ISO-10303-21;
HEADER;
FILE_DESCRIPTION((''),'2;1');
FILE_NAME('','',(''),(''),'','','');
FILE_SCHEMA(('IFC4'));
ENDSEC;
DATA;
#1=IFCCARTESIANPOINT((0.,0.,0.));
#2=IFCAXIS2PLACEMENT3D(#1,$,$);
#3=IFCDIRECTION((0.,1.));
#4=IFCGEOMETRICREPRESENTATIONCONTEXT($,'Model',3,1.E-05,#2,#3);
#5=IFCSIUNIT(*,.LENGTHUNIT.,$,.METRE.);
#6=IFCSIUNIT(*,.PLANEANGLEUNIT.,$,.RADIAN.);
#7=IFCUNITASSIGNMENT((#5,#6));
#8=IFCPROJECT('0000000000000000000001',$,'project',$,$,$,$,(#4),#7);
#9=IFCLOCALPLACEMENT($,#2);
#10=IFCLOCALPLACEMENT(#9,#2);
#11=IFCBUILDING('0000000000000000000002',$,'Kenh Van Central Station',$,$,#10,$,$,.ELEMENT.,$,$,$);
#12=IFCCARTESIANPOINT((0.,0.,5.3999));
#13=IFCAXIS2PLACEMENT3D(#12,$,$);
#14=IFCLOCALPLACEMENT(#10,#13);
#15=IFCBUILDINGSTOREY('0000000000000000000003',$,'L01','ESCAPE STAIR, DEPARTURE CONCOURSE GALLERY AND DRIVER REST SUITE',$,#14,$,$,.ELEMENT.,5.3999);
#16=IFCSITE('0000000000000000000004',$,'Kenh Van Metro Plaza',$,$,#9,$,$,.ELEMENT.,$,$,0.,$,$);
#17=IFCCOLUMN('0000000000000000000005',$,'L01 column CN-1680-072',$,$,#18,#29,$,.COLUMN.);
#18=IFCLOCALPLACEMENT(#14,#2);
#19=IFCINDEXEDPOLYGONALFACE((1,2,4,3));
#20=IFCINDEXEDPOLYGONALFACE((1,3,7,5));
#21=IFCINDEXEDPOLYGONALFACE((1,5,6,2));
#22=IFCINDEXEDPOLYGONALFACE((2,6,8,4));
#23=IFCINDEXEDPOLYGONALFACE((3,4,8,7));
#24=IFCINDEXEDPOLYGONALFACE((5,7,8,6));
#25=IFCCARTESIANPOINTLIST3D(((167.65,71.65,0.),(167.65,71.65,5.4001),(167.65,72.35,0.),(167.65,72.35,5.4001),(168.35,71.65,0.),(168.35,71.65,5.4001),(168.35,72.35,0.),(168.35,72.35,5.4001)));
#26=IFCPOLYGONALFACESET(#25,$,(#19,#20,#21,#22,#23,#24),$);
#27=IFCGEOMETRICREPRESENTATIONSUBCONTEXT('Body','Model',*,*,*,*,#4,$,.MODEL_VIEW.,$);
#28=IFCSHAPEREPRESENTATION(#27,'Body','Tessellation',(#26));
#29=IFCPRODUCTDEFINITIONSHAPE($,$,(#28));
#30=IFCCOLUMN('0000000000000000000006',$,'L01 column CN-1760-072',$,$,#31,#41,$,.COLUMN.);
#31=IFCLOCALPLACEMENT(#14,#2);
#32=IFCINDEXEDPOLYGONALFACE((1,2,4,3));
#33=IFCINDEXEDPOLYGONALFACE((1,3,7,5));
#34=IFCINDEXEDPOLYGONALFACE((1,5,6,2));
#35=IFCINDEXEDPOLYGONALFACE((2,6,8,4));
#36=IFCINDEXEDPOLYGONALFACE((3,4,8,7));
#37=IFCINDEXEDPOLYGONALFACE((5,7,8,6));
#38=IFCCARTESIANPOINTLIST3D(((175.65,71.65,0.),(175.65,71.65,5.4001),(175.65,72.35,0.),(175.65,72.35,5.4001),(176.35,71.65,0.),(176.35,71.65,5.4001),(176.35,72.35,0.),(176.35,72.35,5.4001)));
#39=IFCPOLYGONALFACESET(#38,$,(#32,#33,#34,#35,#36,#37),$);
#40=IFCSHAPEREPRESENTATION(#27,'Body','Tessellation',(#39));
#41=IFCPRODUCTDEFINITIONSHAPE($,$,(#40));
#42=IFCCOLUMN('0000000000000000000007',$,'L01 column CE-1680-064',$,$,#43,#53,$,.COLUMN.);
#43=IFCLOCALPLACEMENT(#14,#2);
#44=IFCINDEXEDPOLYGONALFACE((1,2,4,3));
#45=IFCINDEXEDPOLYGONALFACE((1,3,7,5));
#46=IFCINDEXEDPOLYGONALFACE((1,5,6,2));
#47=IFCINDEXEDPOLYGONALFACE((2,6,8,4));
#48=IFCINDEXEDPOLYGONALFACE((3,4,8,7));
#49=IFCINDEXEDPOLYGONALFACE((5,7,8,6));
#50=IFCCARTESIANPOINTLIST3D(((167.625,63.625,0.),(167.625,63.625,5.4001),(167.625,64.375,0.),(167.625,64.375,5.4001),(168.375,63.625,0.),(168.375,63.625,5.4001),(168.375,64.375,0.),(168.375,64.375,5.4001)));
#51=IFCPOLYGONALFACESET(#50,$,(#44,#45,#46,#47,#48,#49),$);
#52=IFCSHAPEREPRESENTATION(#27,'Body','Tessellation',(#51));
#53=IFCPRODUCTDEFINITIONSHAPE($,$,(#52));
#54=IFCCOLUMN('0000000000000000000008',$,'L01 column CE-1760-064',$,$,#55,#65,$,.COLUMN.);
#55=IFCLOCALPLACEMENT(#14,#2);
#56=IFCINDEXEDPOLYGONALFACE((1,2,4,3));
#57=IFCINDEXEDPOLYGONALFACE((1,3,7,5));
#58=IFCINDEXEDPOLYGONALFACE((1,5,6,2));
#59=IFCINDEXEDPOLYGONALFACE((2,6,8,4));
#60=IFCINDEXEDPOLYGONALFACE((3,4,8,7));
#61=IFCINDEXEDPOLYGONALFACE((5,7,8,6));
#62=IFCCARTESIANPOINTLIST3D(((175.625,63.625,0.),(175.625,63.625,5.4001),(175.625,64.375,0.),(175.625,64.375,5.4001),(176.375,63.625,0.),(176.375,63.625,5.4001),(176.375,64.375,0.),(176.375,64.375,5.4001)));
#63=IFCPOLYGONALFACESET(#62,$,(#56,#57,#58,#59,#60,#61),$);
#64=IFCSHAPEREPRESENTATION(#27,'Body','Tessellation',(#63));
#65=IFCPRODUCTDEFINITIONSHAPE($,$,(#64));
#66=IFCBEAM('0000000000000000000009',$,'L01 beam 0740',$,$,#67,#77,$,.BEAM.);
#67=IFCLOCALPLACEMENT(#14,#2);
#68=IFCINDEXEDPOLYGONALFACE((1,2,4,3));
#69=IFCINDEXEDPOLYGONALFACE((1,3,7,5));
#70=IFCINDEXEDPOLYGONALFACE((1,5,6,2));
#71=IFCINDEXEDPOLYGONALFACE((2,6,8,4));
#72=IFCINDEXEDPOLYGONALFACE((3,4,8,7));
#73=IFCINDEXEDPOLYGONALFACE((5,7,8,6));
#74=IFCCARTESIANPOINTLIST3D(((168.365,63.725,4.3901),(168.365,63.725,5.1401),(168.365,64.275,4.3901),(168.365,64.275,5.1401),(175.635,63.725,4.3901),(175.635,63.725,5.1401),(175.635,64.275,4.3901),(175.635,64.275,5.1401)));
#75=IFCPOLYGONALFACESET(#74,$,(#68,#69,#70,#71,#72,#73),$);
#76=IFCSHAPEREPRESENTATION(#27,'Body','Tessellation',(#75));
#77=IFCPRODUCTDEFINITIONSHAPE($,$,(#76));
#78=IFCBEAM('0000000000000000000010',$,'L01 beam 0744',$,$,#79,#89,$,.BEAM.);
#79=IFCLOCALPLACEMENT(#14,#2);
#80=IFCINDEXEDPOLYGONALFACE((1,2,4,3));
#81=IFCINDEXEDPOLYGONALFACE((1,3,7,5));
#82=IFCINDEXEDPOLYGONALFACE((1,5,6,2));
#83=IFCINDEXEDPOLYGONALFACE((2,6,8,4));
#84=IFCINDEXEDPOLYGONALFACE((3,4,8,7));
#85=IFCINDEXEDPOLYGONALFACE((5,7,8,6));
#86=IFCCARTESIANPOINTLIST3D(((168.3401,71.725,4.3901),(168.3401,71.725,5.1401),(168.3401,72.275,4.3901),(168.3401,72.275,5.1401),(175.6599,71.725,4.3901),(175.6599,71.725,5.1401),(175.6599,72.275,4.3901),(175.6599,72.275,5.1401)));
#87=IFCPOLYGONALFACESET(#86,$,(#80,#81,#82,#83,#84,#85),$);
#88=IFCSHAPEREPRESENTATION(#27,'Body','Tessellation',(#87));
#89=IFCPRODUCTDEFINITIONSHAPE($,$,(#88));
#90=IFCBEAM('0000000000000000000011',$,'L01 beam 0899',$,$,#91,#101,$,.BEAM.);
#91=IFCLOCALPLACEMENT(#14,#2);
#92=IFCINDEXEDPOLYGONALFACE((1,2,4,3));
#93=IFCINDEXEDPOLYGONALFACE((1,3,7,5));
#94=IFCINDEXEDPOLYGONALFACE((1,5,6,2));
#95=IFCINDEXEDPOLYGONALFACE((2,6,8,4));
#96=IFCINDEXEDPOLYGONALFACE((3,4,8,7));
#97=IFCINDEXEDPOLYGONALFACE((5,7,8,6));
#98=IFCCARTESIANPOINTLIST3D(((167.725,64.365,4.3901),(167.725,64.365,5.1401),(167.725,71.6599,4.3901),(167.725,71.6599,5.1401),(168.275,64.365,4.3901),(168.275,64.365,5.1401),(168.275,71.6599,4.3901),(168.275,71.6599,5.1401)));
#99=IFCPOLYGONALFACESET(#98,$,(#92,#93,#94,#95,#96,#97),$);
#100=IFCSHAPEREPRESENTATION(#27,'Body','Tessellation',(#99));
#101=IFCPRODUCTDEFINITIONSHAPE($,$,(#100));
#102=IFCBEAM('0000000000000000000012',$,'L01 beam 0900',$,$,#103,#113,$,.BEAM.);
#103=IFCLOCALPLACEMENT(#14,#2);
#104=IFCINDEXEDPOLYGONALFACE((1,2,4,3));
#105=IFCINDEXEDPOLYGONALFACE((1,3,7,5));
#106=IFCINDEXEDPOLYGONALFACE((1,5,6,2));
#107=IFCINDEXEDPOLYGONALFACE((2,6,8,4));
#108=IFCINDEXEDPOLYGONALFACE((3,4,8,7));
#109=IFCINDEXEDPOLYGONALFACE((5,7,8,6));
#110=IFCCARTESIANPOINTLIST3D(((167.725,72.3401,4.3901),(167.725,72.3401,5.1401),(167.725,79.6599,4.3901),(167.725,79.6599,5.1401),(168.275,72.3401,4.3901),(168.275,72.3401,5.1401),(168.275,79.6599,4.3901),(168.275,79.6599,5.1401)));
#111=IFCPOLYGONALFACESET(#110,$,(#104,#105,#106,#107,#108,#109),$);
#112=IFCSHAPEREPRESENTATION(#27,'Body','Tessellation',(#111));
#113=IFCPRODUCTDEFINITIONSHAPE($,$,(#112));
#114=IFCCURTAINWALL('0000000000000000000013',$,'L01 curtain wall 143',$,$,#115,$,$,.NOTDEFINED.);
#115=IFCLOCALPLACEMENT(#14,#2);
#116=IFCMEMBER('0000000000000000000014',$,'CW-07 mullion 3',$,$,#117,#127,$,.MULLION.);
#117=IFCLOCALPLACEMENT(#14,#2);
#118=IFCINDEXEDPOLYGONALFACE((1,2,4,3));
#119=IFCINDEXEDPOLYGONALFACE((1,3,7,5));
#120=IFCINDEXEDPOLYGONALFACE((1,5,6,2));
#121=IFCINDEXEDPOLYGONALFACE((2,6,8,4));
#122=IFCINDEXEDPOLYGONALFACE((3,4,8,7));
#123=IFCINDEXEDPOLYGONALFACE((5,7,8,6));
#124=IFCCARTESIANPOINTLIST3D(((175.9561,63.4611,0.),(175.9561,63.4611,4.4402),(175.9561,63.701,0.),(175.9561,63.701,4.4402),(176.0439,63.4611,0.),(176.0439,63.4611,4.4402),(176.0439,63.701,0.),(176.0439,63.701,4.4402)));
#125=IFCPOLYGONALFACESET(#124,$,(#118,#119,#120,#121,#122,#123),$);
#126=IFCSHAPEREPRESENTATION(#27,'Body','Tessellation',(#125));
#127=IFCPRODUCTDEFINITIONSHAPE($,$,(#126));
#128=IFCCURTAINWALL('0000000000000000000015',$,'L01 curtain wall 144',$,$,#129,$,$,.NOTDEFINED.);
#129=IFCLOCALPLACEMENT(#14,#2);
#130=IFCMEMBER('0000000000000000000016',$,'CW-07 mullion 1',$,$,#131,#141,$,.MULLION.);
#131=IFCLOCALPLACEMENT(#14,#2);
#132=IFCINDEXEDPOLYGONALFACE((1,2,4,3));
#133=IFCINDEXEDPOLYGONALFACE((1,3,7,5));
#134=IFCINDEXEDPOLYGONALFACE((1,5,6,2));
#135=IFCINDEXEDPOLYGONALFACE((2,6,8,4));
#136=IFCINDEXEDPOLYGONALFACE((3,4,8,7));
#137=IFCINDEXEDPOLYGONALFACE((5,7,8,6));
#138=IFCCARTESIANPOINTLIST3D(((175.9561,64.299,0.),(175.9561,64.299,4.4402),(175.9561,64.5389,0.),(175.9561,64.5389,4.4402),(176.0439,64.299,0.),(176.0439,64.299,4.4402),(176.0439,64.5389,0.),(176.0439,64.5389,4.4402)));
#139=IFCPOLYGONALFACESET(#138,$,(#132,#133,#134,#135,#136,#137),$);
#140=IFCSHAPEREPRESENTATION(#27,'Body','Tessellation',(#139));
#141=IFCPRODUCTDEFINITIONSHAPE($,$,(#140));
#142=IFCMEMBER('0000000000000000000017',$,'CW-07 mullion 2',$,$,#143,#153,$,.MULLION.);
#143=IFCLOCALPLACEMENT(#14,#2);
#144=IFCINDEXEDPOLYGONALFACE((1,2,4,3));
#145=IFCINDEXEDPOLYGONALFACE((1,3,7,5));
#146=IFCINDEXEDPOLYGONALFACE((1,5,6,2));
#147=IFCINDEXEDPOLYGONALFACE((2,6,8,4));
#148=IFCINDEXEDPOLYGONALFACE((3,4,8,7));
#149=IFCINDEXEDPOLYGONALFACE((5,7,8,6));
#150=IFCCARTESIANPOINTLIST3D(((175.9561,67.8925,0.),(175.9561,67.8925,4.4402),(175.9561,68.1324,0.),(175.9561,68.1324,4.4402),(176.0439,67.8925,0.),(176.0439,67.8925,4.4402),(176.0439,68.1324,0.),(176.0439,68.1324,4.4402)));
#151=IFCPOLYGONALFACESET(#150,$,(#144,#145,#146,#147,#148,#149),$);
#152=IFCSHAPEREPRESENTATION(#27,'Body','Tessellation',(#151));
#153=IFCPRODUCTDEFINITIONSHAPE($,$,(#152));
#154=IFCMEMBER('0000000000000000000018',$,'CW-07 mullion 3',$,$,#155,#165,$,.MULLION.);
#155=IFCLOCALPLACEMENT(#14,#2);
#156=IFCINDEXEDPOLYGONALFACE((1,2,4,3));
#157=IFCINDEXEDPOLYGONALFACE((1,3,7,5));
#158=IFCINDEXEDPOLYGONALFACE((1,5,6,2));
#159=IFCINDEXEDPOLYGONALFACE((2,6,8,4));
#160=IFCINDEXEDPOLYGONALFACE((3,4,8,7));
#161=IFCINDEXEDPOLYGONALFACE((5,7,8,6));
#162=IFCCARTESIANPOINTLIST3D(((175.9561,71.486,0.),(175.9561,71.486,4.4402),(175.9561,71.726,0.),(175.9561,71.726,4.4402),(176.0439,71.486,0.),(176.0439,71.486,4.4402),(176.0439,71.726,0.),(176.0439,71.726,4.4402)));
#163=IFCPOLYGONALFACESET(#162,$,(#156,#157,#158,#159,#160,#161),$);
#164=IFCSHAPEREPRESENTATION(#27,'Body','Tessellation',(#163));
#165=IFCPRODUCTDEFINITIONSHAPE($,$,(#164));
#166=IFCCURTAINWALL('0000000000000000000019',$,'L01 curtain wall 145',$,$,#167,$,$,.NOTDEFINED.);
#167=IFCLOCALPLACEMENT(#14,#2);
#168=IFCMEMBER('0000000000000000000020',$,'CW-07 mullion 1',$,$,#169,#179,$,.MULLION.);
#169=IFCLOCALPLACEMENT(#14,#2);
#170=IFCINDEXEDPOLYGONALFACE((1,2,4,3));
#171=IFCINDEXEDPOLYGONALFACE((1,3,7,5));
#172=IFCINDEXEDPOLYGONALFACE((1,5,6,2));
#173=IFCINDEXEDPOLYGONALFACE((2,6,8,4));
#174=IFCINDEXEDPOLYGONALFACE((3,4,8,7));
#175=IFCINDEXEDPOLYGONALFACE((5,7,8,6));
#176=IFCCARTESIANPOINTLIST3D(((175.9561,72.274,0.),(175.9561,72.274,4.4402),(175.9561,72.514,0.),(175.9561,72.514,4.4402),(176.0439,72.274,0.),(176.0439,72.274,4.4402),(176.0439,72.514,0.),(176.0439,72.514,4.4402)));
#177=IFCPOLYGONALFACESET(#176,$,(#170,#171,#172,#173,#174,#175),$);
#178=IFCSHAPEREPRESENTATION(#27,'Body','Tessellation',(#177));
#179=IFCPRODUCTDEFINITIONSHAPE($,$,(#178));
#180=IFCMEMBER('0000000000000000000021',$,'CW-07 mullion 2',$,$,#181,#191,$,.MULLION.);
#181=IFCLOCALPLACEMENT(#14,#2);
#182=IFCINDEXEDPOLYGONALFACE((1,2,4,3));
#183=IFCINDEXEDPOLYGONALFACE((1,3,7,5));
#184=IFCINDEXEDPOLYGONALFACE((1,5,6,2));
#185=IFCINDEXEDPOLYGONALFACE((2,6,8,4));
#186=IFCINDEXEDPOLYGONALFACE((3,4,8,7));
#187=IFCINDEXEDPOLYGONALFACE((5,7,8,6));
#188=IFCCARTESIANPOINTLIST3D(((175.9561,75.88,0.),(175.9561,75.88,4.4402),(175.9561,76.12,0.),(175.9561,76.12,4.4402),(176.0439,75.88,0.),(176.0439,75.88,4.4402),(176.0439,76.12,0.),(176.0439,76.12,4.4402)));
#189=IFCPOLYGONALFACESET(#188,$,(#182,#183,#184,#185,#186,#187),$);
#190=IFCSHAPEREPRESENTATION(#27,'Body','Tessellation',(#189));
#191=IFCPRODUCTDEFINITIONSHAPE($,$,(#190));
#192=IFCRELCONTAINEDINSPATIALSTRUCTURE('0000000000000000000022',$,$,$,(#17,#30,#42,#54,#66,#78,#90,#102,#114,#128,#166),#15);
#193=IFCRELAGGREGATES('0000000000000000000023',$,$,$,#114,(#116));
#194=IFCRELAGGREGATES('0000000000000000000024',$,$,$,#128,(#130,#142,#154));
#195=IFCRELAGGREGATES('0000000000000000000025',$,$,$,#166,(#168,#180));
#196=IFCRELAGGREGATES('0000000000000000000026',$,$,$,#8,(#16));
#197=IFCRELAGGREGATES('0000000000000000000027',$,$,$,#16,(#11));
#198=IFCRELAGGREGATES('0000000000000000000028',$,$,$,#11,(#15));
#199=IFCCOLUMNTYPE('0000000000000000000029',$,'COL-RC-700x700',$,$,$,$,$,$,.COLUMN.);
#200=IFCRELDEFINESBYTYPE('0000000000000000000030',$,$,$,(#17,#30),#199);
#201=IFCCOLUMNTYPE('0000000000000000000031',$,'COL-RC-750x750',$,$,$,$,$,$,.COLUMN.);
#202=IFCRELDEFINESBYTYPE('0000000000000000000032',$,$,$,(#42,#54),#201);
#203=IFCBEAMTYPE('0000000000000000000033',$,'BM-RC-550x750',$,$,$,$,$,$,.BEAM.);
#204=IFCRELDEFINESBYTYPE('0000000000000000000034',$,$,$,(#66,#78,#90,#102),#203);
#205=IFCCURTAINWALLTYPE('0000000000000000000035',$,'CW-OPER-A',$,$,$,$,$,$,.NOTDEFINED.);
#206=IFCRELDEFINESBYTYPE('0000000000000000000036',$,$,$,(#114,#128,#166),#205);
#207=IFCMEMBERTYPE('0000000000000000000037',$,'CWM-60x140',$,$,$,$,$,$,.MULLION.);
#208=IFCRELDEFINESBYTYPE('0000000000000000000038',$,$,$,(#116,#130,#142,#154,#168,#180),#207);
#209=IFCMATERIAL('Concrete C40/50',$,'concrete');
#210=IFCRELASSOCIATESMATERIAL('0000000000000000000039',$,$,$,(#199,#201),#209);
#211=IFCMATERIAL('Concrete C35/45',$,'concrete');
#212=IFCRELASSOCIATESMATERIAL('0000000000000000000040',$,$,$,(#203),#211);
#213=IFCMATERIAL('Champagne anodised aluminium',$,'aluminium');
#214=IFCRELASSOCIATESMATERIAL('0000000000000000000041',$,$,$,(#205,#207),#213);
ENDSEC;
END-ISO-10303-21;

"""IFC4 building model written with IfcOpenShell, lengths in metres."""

from ifc_helpers import new_model, si_unit, direction, frame, origin, origin_2d, place, context, subcontext, project, spatial, rectangle, extrude, material, material_profile, profile_set, type_object, element, aggregate, save


model = new_model("IFC4")

# Units and contexts
model_context = context("Model", 3, precision=1e-05, world=origin(), true_north=direction((0.0, 1.0)))
body_context = subcontext(model_context, "Body", "Model", "MODEL_VIEW")
ifc_project = project(units=[si_unit("LENGTHUNIT", "METRE"), si_unit("PLANEANGLEUNIT", "RADIAN")], contexts=[model_context])

# Site, building, storey
site_placement = place(None, origin())
site = spatial("IfcSite", under=ifc_project, at=site_placement, Name="Kenh Van Metro Plaza", CompositionType="ELEMENT", RefElevation=0.0)
building_placement = place(site_placement, origin())
building = spatial("IfcBuilding", under=site, at=building_placement, Name="Kenh Van Central Station", CompositionType="ELEMENT")
storey_placement = place(building_placement, frame((0.0, 0.0, 5.3999)))
storey = spatial("IfcBuildingStorey", under=building, at=storey_placement, Name="L01", Description="ESCAPE STAIR, DEPARTURE CONCOURSE GALLERY AND DRIVER REST SUITE", CompositionType="ELEMENT", Elevation=5.3999)

# Columns
ifc_material_1 = material(Name="Concrete C40/50", Category="concrete")
ifc_material_profile_1 = material_profile(ifc_material_1, rectangle(XDim=0.7, YDim=0.7, at=origin_2d()), Name="RC 700x700")
ifc_profile_set_1 = profile_set([ifc_material_profile_1], Name="Concrete C40/50")
column_type_1 = type_object("IfcColumnType", Name="COL-RC-700x700", PredefinedType="COLUMN", material=ifc_profile_set_1)
for number, where, z_axis, x_axis, name in (
    (1, (168.0, 72.0, 0.0), (0.0, 0.0, 1.0), (1.0, 0.0, 0.0), "L01 column CN-1680-072"),
    (2, (176.0, 72.0, 0.0), (0.0, 0.0, 1.0), (1.0, 0.0, 0.0), "L01 column CN-1760-072"),
):
    element("IfcColumn", number, at=place(storey_placement, frame(where, z_axis=z_axis, x_axis=x_axis)), inside=storey, type_object=column_type_1, Name=name, PredefinedType="COLUMN", context=body_context, shape_type="SweptSolid", body=[
        extrude(rectangle(XDim=0.7, YDim=0.7, at=origin_2d()), origin(), (0.0, 0.0, 1.0), 5.4001),
    ])
ifc_material_profile_2 = material_profile(ifc_material_1, rectangle(XDim=0.75, YDim=0.75, at=origin_2d()), Name="RC 750x750")
ifc_profile_set_2 = profile_set([ifc_material_profile_2], Name="Concrete C40/50")
column_type_2 = type_object("IfcColumnType", Name="COL-RC-750x750", PredefinedType="COLUMN", material=ifc_profile_set_2)
for number, where, z_axis, x_axis, name in (
    (3, (168.0, 64.0, 0.0), (0.0, 0.0, 1.0), (1.0, 0.0, 0.0), "L01 column CE-1680-064"),
    (4, (176.0, 64.0, 0.0), (0.0, 0.0, 1.0), (1.0, 0.0, 0.0), "L01 column CE-1760-064"),
):
    element("IfcColumn", number, at=place(storey_placement, frame(where, z_axis=z_axis, x_axis=x_axis)), inside=storey, type_object=column_type_2, Name=name, PredefinedType="COLUMN", context=body_context, shape_type="SweptSolid", body=[
        extrude(rectangle(XDim=0.75, YDim=0.75, at=origin_2d()), origin(), (0.0, 0.0, 1.0), 5.4001),
    ])

# Beams
ifc_material_2 = material(Name="Concrete C35/45", Category="concrete")
ifc_material_profile_3 = material_profile(ifc_material_2, rectangle(XDim=0.55, YDim=0.75, at=origin_2d()), Name="RC 550x750")
ifc_profile_set_3 = profile_set([ifc_material_profile_3], Name="Concrete C35/45")
beam_type_1 = type_object("IfcBeamType", Name="BM-RC-550x750", PredefinedType="BEAM", material=ifc_profile_set_3)
beam_1_placement = place(storey_placement, frame((168.365, 64.0, 4.7651), z_axis=(1.0, 0.0, 0.0), x_axis=(0.0, 1.0, 0.0)))
element("IfcBeam", 5, at=beam_1_placement, inside=storey, type_object=beam_type_1, Name="L01 beam 0740", PredefinedType="BEAM", context=body_context, shape_type="SweptSolid", body=[
    extrude(rectangle(XDim=0.55, YDim=0.75, at=origin_2d()), origin(), (0.0, 0.0, 1.0), 7.27),
])
beam_2_placement = place(storey_placement, frame((168.3401, 72.0, 4.7651), z_axis=(1.0, 0.0, 0.0), x_axis=(0.0, 1.0, 0.0)))
element("IfcBeam", 6, at=beam_2_placement, inside=storey, type_object=beam_type_1, Name="L01 beam 0744", PredefinedType="BEAM", context=body_context, shape_type="SweptSolid", body=[
    extrude(rectangle(XDim=0.55, YDim=0.75, at=origin_2d()), origin(), (0.0, 0.0, 1.0), 7.3198),
])
beam_3_placement = place(storey_placement, frame((168.0, 64.365, 4.7651), z_axis=(0.0, 1.0, 0.0), x_axis=(-1.0, 0.0, 0.0)))
element("IfcBeam", 7, at=beam_3_placement, inside=storey, type_object=beam_type_1, Name="L01 beam 0899", PredefinedType="BEAM", context=body_context, shape_type="SweptSolid", body=[
    extrude(rectangle(XDim=0.55, YDim=0.75, at=origin_2d()), origin(), (0.0, 0.0, 1.0), 7.2949),
])
beam_4_placement = place(storey_placement, frame((168.0, 72.3401, 4.7651), z_axis=(0.0, 1.0, 0.0), x_axis=(-1.0, 0.0, 0.0)))
element("IfcBeam", 8, at=beam_4_placement, inside=storey, type_object=beam_type_1, Name="L01 beam 0900", PredefinedType="BEAM", context=body_context, shape_type="SweptSolid", body=[
    extrude(rectangle(XDim=0.55, YDim=0.75, at=origin_2d()), origin(), (0.0, 0.0, 1.0), 7.3198),
])

# Curtain wall, member
ifc_material_3 = material(Name="Champagne anodised aluminium", Category="aluminium")
curtain_wall_type = type_object("IfcCurtainWallType", Name="CW-OPER-A", PredefinedType="NOTDEFINED", material=ifc_material_3)
curtain_wall_1_placement = place(storey_placement, origin())
curtain_wall_1 = element("IfcCurtainWall", 9, at=curtain_wall_1_placement, inside=storey, type_object=curtain_wall_type, Name="L01 curtain wall 143", PredefinedType="NOTDEFINED")
ifc_material_profile_4 = material_profile(ifc_material_3, rectangle(XDim=0.0879, YDim=0.24, at=origin_2d()), Name="AL 88x240")
ifc_profile_set_4 = profile_set([ifc_material_profile_4], Name="Champagne anodised aluminium")
member_type_1 = type_object("IfcMemberType", Name="CWM-60x140", PredefinedType="MULLION", material=ifc_profile_set_4)
member_1_placement = place(storey_placement, frame((176.0, 63.5811, 0.0), z_axis=(0.0, 0.0, 1.0), x_axis=(-1.0, 0.0, 0.0)))
member_1 = element("IfcMember", 10, at=member_1_placement, type_object=member_type_1, Name="CW-07 mullion 3", PredefinedType="MULLION", context=body_context, shape_type="SweptSolid", body=[
    extrude(rectangle(XDim=0.0879, YDim=0.24, at=origin_2d()), origin(), (0.0, 0.0, 1.0), 4.4402),
])
aggregate(curtain_wall_1, [member_1])

# Curtain walls, members
curtain_wall_2_placement = place(storey_placement, origin())
curtain_wall_2 = element("IfcCurtainWall", 11, at=curtain_wall_2_placement, inside=storey, type_object=curtain_wall_type, Name="L01 curtain wall 144", PredefinedType="NOTDEFINED")
member_2_placement = place(storey_placement, frame((176.0, 64.4189, 0.0), z_axis=(0.0, 0.0, 1.0), x_axis=(-1.0, 0.0, 0.0)))
member_2 = element("IfcMember", 12, at=member_2_placement, type_object=member_type_1, Name="CW-07 mullion 1", PredefinedType="MULLION", context=body_context, shape_type="SweptSolid", body=[
    extrude(rectangle(XDim=0.0879, YDim=0.24, at=origin_2d()), origin(), (0.0, 0.0, 1.0), 4.4402),
])
member_3_placement = place(storey_placement, frame((176.0, 68.0125, 0.0), z_axis=(0.0, 0.0, 1.0), x_axis=(-1.0, 0.0, 0.0)))
member_3 = element("IfcMember", 13, at=member_3_placement, type_object=member_type_1, Name="CW-07 mullion 2", PredefinedType="MULLION", context=body_context, shape_type="SweptSolid", body=[
    extrude(rectangle(XDim=0.0879, YDim=0.24, at=origin_2d()), origin(), (0.0, 0.0, 1.0), 4.4402),
])
member_4_placement = place(storey_placement, frame((176.0, 71.606, 0.0), z_axis=(0.0, 0.0, 1.0), x_axis=(-1.0, 0.0, 0.0)))
member_4 = element("IfcMember", 14, at=member_4_placement, type_object=member_type_1, Name="CW-07 mullion 3", PredefinedType="MULLION", context=body_context, shape_type="SweptSolid", body=[
    extrude(rectangle(XDim=0.0879, YDim=0.24, at=origin_2d()), origin(), (0.0, 0.0, 1.0), 4.4402),
])
curtain_wall_3_placement = place(storey_placement, origin())
curtain_wall_3 = element("IfcCurtainWall", 15, at=curtain_wall_3_placement, inside=storey, type_object=curtain_wall_type, Name="L01 curtain wall 145", PredefinedType="NOTDEFINED")
member_5_placement = place(storey_placement, frame((176.0, 72.394, 0.0), z_axis=(0.0, 0.0, 1.0), x_axis=(-1.0, 0.0, 0.0)))
member_5 = element("IfcMember", 16, at=member_5_placement, type_object=member_type_1, Name="CW-07 mullion 1", PredefinedType="MULLION", context=body_context, shape_type="SweptSolid", body=[
    extrude(rectangle(XDim=0.0879, YDim=0.24, at=origin_2d()), origin(), (0.0, 0.0, 1.0), 4.4402),
])
member_6_placement = place(storey_placement, frame((176.0, 76.0, 0.0), z_axis=(0.0, 0.0, 1.0), x_axis=(-1.0, 0.0, 0.0)))
member_6 = element("IfcMember", 17, at=member_6_placement, type_object=member_type_1, Name="CW-07 mullion 2", PredefinedType="MULLION", context=body_context, shape_type="SweptSolid", body=[
    extrude(rectangle(XDim=0.0879, YDim=0.24, at=origin_2d()), origin(), (0.0, 0.0, 1.0), 4.4402),
])

aggregate(curtain_wall_2, [member_2, member_3, member_4])
aggregate(curtain_wall_3, [member_5, member_6])

save(model, "model.ifc")
